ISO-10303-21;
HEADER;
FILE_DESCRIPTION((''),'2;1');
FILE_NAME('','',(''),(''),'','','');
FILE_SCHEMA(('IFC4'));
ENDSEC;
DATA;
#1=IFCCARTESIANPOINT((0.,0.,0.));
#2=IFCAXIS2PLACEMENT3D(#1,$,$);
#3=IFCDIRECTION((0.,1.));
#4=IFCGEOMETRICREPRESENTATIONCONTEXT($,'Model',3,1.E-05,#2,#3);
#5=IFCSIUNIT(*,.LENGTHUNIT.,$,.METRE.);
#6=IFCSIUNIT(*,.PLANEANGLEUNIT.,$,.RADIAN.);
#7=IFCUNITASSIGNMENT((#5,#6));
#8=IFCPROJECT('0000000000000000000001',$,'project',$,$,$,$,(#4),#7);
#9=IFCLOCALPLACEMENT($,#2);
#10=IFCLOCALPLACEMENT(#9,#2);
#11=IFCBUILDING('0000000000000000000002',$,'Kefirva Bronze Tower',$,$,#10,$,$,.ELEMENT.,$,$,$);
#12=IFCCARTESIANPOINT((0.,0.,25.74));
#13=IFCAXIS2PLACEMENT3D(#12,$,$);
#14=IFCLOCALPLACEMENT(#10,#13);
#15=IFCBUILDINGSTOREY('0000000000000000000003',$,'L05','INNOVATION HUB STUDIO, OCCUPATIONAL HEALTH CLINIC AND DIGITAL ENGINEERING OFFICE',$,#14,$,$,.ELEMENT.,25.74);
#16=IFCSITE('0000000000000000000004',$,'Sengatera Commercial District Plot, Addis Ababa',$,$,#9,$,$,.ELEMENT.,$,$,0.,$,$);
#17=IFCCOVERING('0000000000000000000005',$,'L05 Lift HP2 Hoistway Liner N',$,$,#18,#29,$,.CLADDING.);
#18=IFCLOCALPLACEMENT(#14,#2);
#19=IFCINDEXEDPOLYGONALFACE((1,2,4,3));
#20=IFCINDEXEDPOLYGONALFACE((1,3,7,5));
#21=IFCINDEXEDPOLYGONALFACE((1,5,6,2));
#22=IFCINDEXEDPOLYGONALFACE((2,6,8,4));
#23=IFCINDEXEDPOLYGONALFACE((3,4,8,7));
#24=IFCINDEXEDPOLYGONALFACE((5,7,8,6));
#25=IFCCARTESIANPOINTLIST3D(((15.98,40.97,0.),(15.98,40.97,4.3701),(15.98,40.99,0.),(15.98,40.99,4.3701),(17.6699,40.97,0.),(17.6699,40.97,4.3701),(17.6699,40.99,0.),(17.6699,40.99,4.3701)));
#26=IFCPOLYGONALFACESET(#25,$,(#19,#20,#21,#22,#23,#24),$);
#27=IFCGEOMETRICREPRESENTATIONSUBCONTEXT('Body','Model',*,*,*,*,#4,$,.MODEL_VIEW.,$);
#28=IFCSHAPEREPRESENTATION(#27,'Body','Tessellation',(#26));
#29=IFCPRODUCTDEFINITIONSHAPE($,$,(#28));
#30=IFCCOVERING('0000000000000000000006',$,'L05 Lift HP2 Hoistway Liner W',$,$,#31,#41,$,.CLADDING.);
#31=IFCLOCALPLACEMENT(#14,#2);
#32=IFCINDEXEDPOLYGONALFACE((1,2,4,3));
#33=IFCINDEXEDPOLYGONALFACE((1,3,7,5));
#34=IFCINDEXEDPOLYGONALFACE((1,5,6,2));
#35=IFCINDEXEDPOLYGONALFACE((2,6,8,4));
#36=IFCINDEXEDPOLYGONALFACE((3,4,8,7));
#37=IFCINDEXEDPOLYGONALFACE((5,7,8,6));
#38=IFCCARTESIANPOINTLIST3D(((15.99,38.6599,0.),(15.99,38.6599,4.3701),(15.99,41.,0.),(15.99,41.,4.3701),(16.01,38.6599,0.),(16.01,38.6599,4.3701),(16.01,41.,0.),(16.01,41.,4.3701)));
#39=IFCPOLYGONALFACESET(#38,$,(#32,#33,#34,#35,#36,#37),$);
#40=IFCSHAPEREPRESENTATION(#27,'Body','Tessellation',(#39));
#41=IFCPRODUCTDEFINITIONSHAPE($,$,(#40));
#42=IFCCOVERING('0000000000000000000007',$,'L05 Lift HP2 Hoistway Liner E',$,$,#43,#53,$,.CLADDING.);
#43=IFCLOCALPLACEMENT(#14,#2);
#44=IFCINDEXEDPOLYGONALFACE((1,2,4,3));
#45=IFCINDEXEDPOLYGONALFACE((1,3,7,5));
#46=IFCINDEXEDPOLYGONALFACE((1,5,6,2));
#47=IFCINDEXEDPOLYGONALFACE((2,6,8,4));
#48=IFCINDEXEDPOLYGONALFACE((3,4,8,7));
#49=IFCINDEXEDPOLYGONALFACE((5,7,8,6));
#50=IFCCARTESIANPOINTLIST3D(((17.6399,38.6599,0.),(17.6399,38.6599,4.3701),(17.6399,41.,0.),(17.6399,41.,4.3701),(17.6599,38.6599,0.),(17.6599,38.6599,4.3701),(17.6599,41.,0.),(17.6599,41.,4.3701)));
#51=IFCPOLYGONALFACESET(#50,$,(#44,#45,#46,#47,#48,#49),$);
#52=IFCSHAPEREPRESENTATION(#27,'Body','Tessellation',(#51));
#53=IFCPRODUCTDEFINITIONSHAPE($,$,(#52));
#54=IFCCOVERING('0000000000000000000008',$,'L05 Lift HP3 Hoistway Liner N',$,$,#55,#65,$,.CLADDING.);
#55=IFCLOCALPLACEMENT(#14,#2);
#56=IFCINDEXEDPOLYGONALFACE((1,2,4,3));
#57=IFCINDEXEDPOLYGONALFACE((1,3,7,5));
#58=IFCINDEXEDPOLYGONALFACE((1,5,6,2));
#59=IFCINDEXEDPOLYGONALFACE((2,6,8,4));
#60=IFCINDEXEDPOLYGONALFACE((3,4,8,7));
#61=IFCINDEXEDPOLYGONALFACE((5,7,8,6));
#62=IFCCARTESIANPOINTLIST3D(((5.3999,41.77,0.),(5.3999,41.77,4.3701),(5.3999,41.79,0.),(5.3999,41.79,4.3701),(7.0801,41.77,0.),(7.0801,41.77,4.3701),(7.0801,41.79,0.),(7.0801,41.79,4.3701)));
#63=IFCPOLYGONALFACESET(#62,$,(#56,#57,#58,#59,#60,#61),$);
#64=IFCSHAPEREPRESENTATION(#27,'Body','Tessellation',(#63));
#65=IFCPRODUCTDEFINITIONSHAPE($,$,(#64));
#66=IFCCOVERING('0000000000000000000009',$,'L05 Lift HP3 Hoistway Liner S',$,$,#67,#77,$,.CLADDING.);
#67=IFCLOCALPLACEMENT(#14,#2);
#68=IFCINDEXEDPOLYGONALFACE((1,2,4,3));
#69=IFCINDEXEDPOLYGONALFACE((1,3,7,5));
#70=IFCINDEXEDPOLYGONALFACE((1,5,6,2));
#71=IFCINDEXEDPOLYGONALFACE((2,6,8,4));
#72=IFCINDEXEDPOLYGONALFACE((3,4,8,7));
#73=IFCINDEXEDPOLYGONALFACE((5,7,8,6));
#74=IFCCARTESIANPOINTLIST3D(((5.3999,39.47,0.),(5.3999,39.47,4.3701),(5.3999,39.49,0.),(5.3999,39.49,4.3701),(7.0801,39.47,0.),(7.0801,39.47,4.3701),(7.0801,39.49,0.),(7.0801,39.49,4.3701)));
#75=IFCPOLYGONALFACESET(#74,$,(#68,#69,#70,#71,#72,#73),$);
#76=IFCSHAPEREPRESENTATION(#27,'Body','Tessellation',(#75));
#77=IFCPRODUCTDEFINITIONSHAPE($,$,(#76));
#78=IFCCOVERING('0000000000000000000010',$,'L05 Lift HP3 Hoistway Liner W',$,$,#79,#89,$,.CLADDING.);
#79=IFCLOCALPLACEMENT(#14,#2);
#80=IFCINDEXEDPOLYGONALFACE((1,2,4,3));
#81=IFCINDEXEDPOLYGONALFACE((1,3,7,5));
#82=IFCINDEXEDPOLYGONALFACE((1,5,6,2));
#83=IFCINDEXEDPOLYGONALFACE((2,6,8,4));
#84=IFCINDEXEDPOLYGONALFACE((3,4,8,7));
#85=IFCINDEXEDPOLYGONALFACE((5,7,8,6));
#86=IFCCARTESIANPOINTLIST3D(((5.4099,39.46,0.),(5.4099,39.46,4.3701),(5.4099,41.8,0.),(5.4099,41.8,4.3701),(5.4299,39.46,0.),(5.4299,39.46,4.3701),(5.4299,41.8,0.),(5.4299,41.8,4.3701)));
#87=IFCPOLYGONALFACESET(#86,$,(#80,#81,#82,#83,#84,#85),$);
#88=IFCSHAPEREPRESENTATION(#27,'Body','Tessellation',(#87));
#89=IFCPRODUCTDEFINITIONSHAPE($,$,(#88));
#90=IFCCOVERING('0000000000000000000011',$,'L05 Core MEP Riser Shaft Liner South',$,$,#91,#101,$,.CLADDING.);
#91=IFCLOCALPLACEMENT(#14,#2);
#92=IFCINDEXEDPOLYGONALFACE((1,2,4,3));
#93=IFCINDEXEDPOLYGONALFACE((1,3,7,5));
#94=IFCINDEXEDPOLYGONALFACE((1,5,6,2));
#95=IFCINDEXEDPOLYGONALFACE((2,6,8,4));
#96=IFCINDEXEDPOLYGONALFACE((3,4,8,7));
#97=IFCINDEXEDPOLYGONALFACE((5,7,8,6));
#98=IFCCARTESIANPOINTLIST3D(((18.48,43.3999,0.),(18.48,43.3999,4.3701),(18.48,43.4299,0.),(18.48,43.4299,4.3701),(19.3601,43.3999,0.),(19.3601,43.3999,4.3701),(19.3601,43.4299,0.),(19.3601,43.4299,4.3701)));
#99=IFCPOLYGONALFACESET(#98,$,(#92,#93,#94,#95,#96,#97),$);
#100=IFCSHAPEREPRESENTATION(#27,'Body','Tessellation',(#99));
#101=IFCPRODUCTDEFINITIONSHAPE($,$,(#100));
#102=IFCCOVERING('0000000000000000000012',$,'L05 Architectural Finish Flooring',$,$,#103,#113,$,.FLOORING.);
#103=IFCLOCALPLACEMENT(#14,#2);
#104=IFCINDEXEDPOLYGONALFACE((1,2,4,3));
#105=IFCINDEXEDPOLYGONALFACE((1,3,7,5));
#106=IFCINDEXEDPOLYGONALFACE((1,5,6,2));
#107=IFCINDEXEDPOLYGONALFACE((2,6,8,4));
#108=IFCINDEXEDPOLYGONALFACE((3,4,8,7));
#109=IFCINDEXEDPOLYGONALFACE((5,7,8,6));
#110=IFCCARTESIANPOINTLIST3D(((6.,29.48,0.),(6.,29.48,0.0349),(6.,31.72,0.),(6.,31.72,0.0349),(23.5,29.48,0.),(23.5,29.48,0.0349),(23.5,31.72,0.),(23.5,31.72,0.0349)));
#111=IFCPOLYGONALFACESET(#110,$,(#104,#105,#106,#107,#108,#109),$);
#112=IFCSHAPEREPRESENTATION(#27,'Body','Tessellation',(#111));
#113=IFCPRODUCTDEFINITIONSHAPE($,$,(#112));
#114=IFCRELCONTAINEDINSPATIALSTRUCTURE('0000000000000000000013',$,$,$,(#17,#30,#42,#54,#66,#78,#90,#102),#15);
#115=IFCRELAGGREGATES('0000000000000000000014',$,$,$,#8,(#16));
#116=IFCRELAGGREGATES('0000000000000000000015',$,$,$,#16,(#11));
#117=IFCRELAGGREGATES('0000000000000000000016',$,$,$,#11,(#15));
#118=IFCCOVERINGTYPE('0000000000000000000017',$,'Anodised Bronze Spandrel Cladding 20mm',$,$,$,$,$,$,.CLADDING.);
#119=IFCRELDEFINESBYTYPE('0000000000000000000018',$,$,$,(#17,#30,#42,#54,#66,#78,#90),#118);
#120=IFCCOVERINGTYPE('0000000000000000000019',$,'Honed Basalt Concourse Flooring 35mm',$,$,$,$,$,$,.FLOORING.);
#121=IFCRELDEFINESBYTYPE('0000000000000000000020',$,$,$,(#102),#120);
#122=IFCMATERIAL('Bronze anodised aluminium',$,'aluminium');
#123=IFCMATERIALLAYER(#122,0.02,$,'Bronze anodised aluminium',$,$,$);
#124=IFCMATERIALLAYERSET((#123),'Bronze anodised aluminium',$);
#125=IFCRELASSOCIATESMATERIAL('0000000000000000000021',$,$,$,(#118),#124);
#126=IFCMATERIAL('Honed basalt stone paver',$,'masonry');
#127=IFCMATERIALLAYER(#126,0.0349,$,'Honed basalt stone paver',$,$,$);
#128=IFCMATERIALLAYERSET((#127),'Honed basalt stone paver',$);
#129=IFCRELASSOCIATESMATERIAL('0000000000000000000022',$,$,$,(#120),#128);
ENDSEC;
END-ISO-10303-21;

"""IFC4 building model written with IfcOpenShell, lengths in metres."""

from ifc_helpers import new_model, si_unit, direction, frame, origin, place, context, subcontext, project, spatial, polyline, outline, extrude, material, layer, layer_set, type_object, element, save


model = new_model("IFC4")

# Units and contexts
model_context = context("Model", 3, precision=1e-05, world=origin(), true_north=direction((0.0, 1.0)))
body_context = subcontext(model_context, "Body", "Model", "MODEL_VIEW")
ifc_project = project(units=[si_unit("LENGTHUNIT", "METRE"), si_unit("PLANEANGLEUNIT", "RADIAN")], contexts=[model_context])

# Site, building, storey
site_placement = place(None, origin())
site = spatial("IfcSite", under=ifc_project, at=site_placement, Name="Sengatera Commercial District Plot, Addis Ababa", CompositionType="ELEMENT", RefElevation=0.0)
building_placement = place(site_placement, origin())
building = spatial("IfcBuilding", under=site, at=building_placement, Name="Kefirva Bronze Tower", CompositionType="ELEMENT")
storey_placement = place(building_placement, frame((0.0, 0.0, 25.74)))
storey = spatial("IfcBuildingStorey", under=building, at=storey_placement, Name="L05", Description="INNOVATION HUB STUDIO, OCCUPATIONAL HEALTH CLINIC AND DIGITAL ENGINEERING OFFICE", CompositionType="ELEMENT", Elevation=25.74)

# Shared definitions
ifc_material_1 = material(Name="Bronze anodised aluminium", Category="aluminium")

# Coverings
ifc_layer_1 = layer(ifc_material_1, 0.02, Name="Bronze anodised aluminium")
ifc_layer_set_1 = layer_set([ifc_layer_1], Name="Bronze anodised aluminium")
covering_type_1 = type_object("IfcCoveringType", Name="Anodised Bronze Spandrel Cladding 20mm", PredefinedType="CLADDING", material=ifc_layer_set_1)
covering_1_placement = place(storey_placement, origin())
element("IfcCovering", 1, at=covering_1_placement, inside=storey, type_object=covering_type_1, Name="L05 Lift HP2 Hoistway Liner N", PredefinedType="CLADDING", context=body_context, shape_type="SweptSolid", body=[
    extrude(outline(polyline([(15.98, 40.97), (17.6699, 40.97), (17.6699, 40.99), (15.98, 40.99), (15.98, 40.97)])), origin(), (0.0, 0.0, 1.0), 4.3701),
])
covering_2_placement = place(storey_placement, origin())
element("IfcCovering", 2, at=covering_2_placement, inside=storey, type_object=covering_type_1, Name="L05 Lift HP2 Hoistway Liner W", PredefinedType="CLADDING", context=body_context, shape_type="SweptSolid", body=[
    extrude(outline(polyline([(15.99, 38.6599), (16.01, 38.6599), (16.01, 41.0), (15.99, 41.0), (15.99, 38.6599)])), origin(), (0.0, 0.0, 1.0), 4.3701),
])
covering_3_placement = place(storey_placement, origin())
element("IfcCovering", 3, at=covering_3_placement, inside=storey, type_object=covering_type_1, Name="L05 Lift HP2 Hoistway Liner E", PredefinedType="CLADDING", context=body_context, shape_type="SweptSolid", body=[
    extrude(outline(polyline([(17.6399, 38.6599), (17.6599, 38.6599), (17.6599, 41.0), (17.6399, 41.0), (17.6399, 38.6599)])), origin(), (0.0, 0.0, 1.0), 4.3701),
])
covering_4_placement = place(storey_placement, origin())
element("IfcCovering", 4, at=covering_4_placement, inside=storey, type_object=covering_type_1, Name="L05 Lift HP3 Hoistway Liner N", PredefinedType="CLADDING", context=body_context, shape_type="SweptSolid", body=[
    extrude(outline(polyline([(5.3999, 41.77), (7.0801, 41.77), (7.0801, 41.79), (5.3999, 41.79), (5.3999, 41.77)])), origin(), (0.0, 0.0, 1.0), 4.3701),
])
covering_5_placement = place(storey_placement, origin())
element("IfcCovering", 5, at=covering_5_placement, inside=storey, type_object=covering_type_1, Name="L05 Lift HP3 Hoistway Liner S", PredefinedType="CLADDING", context=body_context, shape_type="SweptSolid", body=[
    extrude(outline(polyline([(5.3999, 39.47), (7.0801, 39.47), (7.0801, 39.49), (5.3999, 39.49), (5.3999, 39.47)])), origin(), (0.0, 0.0, 1.0), 4.3701),
])
covering_6_placement = place(storey_placement, origin())
element("IfcCovering", 6, at=covering_6_placement, inside=storey, type_object=covering_type_1, Name="L05 Lift HP3 Hoistway Liner W", PredefinedType="CLADDING", context=body_context, shape_type="SweptSolid", body=[
    extrude(outline(polyline([(5.4099, 39.46), (5.4299, 39.46), (5.4299, 41.8), (5.4099, 41.8), (5.4099, 39.46)])), origin(), (0.0, 0.0, 1.0), 4.3701),
])
covering_7_placement = place(storey_placement, origin())
element("IfcCovering", 7, at=covering_7_placement, inside=storey, type_object=covering_type_1, Name="L05 Core MEP Riser Shaft Liner South", PredefinedType="CLADDING", context=body_context, shape_type="SweptSolid", body=[
    extrude(outline(polyline([(18.48, 43.3999), (19.3601, 43.3999), (19.3601, 43.4299), (18.48, 43.4299), (18.48, 43.3999)])), origin(), (0.0, 0.0, 1.0), 4.3701),
])
ifc_material_2 = material(Name="Honed basalt stone paver", Category="masonry")
ifc_layer_2 = layer(ifc_material_2, 0.0349, Name="Honed basalt stone paver")
ifc_layer_set_2 = layer_set([ifc_layer_2], Name="Honed basalt stone paver")
covering_type_2 = type_object("IfcCoveringType", Name="Honed Basalt Concourse Flooring 35mm", PredefinedType="FLOORING", material=ifc_layer_set_2)
covering_8_placement = place(storey_placement, origin())
element("IfcCovering", 8, at=covering_8_placement, inside=storey, type_object=covering_type_2, Name="L05 Architectural Finish Flooring", PredefinedType="FLOORING", context=body_context, shape_type="SweptSolid", body=[
    extrude(outline(polyline([(6.0, 29.48), (23.5, 29.48), (23.5, 31.72), (6.0, 31.72), (6.0, 29.48)])), origin(), (0.0, 0.0, 1.0), 0.0349),
])

save(model, "model.ifc")
